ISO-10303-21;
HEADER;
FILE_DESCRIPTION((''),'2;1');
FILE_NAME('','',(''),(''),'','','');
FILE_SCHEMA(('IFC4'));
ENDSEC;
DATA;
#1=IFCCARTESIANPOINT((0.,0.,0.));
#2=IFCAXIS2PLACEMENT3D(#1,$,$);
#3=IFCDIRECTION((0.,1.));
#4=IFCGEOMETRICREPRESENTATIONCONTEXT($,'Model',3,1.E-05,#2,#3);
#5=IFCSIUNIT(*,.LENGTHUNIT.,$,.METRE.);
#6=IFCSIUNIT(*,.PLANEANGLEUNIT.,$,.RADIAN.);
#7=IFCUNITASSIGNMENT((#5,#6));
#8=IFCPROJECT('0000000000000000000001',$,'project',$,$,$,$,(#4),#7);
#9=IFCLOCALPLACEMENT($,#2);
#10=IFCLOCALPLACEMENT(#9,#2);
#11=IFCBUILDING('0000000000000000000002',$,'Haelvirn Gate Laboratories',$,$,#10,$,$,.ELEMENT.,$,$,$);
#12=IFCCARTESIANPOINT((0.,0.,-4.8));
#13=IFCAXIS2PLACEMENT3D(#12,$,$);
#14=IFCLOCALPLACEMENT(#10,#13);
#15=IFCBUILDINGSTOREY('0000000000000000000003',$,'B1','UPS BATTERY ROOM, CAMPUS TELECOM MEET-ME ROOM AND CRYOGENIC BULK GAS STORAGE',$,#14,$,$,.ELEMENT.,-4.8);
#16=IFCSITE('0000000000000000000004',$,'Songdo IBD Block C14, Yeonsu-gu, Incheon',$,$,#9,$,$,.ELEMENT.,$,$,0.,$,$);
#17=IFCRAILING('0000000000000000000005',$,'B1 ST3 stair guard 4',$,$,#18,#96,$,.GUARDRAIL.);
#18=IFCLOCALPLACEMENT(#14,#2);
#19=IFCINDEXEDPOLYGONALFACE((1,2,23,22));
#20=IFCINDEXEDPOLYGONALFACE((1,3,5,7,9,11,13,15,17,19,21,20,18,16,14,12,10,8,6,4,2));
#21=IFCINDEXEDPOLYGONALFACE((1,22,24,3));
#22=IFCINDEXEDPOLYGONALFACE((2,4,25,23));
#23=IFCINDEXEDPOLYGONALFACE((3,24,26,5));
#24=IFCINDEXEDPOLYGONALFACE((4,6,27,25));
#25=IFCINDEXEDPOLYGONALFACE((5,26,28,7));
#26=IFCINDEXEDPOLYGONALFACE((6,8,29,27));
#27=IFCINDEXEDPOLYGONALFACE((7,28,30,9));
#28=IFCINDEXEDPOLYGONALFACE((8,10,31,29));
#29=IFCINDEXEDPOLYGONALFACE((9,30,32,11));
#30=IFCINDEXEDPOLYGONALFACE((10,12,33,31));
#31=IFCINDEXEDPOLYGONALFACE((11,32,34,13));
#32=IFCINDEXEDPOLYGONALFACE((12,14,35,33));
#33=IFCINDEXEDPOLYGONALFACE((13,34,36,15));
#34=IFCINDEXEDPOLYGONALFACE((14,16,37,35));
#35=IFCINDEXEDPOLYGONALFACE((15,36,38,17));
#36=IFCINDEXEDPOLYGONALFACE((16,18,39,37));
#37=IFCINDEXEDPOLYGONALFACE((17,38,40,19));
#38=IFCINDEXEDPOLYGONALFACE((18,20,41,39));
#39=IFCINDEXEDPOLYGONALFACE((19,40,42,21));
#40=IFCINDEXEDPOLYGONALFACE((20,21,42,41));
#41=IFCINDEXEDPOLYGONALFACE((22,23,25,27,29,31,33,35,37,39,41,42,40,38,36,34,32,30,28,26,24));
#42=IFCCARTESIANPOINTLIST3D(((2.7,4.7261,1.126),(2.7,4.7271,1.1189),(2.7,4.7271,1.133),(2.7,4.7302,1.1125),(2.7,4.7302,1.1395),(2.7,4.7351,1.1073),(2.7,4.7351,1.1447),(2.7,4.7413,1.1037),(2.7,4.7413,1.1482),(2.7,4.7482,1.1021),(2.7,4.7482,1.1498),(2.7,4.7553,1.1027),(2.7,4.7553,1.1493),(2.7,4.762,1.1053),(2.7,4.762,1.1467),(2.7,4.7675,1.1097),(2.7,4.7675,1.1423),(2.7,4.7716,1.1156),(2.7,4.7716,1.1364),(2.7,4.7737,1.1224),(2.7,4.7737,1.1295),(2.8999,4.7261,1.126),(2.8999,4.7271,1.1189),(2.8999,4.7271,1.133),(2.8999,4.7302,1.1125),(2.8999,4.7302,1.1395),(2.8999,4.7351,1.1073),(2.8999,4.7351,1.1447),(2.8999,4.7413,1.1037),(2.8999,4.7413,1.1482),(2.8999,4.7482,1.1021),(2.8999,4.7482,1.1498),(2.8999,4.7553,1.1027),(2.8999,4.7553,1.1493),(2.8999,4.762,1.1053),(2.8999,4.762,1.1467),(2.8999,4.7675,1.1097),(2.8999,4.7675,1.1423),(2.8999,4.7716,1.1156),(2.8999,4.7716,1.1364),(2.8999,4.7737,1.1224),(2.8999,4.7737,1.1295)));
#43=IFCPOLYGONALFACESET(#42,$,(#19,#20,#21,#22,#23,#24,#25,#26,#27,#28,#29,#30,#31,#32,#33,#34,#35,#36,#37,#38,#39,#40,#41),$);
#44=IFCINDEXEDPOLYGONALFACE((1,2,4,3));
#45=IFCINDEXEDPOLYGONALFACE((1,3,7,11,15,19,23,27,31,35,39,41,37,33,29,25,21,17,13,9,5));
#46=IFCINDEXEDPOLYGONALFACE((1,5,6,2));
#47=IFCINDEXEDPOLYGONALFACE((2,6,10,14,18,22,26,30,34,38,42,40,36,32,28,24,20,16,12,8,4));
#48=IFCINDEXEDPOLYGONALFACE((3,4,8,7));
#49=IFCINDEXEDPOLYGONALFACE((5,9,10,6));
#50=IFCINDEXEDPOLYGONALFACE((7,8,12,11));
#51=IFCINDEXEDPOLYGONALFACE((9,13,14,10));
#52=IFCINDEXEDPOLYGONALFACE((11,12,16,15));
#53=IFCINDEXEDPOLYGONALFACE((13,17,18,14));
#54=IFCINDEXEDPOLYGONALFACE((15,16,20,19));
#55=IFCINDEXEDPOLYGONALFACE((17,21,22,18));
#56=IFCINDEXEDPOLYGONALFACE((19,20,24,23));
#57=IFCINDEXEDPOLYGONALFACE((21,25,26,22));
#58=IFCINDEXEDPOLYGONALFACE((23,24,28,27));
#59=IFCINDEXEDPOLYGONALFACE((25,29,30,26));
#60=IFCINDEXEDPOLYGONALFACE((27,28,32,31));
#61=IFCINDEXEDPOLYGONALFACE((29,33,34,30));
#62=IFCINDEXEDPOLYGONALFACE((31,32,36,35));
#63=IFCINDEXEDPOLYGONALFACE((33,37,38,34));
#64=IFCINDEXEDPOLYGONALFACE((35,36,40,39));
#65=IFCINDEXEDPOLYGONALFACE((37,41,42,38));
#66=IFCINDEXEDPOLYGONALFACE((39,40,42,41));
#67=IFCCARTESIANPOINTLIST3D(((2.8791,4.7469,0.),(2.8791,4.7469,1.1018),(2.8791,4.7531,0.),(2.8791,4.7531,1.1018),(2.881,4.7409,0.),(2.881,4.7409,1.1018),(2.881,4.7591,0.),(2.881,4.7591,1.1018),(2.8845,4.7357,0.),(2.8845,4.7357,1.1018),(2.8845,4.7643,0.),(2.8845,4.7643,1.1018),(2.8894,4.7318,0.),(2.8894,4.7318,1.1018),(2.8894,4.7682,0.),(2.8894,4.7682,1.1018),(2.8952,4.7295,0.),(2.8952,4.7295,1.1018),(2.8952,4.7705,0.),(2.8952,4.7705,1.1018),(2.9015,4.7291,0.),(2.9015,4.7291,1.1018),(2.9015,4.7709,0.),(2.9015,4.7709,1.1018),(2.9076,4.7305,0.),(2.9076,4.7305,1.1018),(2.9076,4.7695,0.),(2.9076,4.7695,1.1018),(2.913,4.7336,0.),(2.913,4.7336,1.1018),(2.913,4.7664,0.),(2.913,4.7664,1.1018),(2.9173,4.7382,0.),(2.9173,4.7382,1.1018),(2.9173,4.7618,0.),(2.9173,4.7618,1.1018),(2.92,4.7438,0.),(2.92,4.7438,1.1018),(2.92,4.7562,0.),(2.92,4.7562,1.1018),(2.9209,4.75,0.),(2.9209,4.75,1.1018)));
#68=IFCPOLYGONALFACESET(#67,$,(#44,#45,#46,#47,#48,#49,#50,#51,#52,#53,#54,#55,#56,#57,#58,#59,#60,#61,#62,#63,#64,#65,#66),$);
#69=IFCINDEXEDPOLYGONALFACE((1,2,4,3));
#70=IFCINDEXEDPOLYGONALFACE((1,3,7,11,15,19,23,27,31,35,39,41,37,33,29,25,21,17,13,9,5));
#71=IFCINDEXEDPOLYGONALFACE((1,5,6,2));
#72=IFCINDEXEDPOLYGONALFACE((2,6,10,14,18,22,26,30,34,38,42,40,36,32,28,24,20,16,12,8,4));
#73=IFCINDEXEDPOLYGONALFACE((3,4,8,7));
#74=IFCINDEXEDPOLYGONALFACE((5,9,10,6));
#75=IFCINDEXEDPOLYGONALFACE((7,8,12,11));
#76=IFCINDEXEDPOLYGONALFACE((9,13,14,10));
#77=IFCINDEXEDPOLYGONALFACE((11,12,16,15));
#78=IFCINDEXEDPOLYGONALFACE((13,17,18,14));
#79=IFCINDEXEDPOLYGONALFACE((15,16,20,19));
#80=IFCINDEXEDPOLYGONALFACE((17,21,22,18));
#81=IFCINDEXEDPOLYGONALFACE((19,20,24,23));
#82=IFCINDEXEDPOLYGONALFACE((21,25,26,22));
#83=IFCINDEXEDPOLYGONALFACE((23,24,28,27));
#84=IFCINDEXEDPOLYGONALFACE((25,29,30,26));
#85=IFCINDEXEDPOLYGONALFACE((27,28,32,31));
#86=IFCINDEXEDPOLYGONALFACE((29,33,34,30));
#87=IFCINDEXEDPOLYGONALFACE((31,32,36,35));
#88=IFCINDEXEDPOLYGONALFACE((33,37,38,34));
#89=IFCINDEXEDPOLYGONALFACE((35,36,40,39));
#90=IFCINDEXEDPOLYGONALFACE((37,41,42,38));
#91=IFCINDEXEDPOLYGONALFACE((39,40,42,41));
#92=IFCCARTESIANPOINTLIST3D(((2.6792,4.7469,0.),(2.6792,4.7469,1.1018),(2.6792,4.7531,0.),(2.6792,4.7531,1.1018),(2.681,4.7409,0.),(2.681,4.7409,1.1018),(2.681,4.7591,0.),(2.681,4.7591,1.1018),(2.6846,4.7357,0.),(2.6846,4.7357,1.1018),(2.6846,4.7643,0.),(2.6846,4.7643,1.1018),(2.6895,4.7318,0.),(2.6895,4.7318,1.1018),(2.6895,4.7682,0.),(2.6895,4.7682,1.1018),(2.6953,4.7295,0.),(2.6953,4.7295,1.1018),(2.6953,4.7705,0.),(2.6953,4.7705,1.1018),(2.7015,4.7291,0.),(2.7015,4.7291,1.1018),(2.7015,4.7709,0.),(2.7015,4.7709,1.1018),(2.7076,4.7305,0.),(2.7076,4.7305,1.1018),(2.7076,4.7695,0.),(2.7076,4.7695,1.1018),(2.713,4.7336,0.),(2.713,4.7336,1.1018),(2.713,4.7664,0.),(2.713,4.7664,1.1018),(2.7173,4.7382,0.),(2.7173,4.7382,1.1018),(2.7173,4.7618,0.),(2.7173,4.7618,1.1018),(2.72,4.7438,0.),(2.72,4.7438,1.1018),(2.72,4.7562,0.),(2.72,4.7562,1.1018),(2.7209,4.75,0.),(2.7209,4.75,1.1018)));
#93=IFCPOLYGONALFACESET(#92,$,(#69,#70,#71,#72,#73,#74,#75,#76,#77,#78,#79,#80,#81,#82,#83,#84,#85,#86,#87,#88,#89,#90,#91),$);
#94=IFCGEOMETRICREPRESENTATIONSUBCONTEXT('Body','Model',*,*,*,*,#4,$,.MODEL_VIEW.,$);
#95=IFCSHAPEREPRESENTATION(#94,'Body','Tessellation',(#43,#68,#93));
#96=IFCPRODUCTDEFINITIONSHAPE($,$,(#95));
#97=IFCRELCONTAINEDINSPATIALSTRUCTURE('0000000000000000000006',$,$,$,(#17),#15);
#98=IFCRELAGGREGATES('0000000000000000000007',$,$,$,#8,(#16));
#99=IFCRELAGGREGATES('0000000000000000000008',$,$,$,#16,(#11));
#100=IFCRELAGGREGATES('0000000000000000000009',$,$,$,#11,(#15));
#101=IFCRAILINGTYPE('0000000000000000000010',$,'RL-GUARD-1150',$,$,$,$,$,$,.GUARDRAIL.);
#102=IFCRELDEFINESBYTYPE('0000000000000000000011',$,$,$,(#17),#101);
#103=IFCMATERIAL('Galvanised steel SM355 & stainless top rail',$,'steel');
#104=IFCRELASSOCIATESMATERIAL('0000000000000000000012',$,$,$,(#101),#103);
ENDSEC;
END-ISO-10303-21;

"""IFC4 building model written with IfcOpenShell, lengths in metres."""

from ifc_helpers import new_model, si_unit, direction, frame, origin, origin_2d, place, context, subcontext, project, spatial, circle, extrude, source, transform, mapped, material, type_object, element, save


model = new_model("IFC4")

# Units and contexts
model_context = context("Model", 3, precision=1e-05, world=origin(), true_north=direction((0.0, 1.0)))
body_context = subcontext(model_context, "Body", "Model", "MODEL_VIEW")
ifc_project = project(units=[si_unit("LENGTHUNIT", "METRE"), si_unit("PLANEANGLEUNIT", "RADIAN")], contexts=[model_context])

# Site, building, storey
site_placement = place(None, origin())
site = spatial("IfcSite", under=ifc_project, at=site_placement, Name="Songdo IBD Block C14, Yeonsu-gu, Incheon", CompositionType="ELEMENT", RefElevation=0.0)
building_placement = place(site_placement, origin())
building = spatial("IfcBuilding", under=site, at=building_placement, Name="Haelvirn Gate Laboratories", CompositionType="ELEMENT")
storey_placement = place(building_placement, frame((0.0, 0.0, -4.8)))
storey = spatial("IfcBuildingStorey", under=building, at=storey_placement, Name="B1", Description="UPS BATTERY ROOM, CAMPUS TELECOM MEET-ME ROOM AND CRYOGENIC BULK GAS STORAGE", CompositionType="ELEMENT", Elevation=-4.8)

# Railing
ifc_material_1 = material(Name="Galvanised steel SM355 & stainless top rail", Category="steel")
railing_type_1 = type_object("IfcRailingType", Name="RL-GUARD-1150", PredefinedType="GUARDRAIL", material=ifc_material_1)
shared_shape_1 = source(origin(), body_context, "Body", "SweptSolid", [
    extrude(circle(Radius=0.0239, at=origin_2d()), frame((0.0, 0.0, 1.126), z_axis=(-1.0, 0.0, 0.0), x_axis=(0.0, -1.0, 0.0)), (0.0, 0.0, 1.0), 0.2),
    extrude(circle(Radius=0.021, at=origin_2d()), origin(), (0.0, 0.0, 1.0), 1.1018),
    extrude(circle(Radius=0.021, at=origin_2d()), frame((-0.2, 0.0, 0.0)), (0.0, 0.0, 1.0), 1.1018),
])
for number, where, name in (
    (1, (2.8999, 4.75, 0.0), "B1 ST3 stair guard 4"),
):
    element("IfcRailing", number, at=place(storey_placement, frame(where)), inside=storey, type_object=railing_type_1, Name=name, PredefinedType="GUARDRAIL", context=body_context, shape_type="MappedRepresentation", body=[
        mapped(shared_shape_1, transform((0.0, 0.0, 0.0), scale=1.0)),
    ])

save(model, "model.ifc")
